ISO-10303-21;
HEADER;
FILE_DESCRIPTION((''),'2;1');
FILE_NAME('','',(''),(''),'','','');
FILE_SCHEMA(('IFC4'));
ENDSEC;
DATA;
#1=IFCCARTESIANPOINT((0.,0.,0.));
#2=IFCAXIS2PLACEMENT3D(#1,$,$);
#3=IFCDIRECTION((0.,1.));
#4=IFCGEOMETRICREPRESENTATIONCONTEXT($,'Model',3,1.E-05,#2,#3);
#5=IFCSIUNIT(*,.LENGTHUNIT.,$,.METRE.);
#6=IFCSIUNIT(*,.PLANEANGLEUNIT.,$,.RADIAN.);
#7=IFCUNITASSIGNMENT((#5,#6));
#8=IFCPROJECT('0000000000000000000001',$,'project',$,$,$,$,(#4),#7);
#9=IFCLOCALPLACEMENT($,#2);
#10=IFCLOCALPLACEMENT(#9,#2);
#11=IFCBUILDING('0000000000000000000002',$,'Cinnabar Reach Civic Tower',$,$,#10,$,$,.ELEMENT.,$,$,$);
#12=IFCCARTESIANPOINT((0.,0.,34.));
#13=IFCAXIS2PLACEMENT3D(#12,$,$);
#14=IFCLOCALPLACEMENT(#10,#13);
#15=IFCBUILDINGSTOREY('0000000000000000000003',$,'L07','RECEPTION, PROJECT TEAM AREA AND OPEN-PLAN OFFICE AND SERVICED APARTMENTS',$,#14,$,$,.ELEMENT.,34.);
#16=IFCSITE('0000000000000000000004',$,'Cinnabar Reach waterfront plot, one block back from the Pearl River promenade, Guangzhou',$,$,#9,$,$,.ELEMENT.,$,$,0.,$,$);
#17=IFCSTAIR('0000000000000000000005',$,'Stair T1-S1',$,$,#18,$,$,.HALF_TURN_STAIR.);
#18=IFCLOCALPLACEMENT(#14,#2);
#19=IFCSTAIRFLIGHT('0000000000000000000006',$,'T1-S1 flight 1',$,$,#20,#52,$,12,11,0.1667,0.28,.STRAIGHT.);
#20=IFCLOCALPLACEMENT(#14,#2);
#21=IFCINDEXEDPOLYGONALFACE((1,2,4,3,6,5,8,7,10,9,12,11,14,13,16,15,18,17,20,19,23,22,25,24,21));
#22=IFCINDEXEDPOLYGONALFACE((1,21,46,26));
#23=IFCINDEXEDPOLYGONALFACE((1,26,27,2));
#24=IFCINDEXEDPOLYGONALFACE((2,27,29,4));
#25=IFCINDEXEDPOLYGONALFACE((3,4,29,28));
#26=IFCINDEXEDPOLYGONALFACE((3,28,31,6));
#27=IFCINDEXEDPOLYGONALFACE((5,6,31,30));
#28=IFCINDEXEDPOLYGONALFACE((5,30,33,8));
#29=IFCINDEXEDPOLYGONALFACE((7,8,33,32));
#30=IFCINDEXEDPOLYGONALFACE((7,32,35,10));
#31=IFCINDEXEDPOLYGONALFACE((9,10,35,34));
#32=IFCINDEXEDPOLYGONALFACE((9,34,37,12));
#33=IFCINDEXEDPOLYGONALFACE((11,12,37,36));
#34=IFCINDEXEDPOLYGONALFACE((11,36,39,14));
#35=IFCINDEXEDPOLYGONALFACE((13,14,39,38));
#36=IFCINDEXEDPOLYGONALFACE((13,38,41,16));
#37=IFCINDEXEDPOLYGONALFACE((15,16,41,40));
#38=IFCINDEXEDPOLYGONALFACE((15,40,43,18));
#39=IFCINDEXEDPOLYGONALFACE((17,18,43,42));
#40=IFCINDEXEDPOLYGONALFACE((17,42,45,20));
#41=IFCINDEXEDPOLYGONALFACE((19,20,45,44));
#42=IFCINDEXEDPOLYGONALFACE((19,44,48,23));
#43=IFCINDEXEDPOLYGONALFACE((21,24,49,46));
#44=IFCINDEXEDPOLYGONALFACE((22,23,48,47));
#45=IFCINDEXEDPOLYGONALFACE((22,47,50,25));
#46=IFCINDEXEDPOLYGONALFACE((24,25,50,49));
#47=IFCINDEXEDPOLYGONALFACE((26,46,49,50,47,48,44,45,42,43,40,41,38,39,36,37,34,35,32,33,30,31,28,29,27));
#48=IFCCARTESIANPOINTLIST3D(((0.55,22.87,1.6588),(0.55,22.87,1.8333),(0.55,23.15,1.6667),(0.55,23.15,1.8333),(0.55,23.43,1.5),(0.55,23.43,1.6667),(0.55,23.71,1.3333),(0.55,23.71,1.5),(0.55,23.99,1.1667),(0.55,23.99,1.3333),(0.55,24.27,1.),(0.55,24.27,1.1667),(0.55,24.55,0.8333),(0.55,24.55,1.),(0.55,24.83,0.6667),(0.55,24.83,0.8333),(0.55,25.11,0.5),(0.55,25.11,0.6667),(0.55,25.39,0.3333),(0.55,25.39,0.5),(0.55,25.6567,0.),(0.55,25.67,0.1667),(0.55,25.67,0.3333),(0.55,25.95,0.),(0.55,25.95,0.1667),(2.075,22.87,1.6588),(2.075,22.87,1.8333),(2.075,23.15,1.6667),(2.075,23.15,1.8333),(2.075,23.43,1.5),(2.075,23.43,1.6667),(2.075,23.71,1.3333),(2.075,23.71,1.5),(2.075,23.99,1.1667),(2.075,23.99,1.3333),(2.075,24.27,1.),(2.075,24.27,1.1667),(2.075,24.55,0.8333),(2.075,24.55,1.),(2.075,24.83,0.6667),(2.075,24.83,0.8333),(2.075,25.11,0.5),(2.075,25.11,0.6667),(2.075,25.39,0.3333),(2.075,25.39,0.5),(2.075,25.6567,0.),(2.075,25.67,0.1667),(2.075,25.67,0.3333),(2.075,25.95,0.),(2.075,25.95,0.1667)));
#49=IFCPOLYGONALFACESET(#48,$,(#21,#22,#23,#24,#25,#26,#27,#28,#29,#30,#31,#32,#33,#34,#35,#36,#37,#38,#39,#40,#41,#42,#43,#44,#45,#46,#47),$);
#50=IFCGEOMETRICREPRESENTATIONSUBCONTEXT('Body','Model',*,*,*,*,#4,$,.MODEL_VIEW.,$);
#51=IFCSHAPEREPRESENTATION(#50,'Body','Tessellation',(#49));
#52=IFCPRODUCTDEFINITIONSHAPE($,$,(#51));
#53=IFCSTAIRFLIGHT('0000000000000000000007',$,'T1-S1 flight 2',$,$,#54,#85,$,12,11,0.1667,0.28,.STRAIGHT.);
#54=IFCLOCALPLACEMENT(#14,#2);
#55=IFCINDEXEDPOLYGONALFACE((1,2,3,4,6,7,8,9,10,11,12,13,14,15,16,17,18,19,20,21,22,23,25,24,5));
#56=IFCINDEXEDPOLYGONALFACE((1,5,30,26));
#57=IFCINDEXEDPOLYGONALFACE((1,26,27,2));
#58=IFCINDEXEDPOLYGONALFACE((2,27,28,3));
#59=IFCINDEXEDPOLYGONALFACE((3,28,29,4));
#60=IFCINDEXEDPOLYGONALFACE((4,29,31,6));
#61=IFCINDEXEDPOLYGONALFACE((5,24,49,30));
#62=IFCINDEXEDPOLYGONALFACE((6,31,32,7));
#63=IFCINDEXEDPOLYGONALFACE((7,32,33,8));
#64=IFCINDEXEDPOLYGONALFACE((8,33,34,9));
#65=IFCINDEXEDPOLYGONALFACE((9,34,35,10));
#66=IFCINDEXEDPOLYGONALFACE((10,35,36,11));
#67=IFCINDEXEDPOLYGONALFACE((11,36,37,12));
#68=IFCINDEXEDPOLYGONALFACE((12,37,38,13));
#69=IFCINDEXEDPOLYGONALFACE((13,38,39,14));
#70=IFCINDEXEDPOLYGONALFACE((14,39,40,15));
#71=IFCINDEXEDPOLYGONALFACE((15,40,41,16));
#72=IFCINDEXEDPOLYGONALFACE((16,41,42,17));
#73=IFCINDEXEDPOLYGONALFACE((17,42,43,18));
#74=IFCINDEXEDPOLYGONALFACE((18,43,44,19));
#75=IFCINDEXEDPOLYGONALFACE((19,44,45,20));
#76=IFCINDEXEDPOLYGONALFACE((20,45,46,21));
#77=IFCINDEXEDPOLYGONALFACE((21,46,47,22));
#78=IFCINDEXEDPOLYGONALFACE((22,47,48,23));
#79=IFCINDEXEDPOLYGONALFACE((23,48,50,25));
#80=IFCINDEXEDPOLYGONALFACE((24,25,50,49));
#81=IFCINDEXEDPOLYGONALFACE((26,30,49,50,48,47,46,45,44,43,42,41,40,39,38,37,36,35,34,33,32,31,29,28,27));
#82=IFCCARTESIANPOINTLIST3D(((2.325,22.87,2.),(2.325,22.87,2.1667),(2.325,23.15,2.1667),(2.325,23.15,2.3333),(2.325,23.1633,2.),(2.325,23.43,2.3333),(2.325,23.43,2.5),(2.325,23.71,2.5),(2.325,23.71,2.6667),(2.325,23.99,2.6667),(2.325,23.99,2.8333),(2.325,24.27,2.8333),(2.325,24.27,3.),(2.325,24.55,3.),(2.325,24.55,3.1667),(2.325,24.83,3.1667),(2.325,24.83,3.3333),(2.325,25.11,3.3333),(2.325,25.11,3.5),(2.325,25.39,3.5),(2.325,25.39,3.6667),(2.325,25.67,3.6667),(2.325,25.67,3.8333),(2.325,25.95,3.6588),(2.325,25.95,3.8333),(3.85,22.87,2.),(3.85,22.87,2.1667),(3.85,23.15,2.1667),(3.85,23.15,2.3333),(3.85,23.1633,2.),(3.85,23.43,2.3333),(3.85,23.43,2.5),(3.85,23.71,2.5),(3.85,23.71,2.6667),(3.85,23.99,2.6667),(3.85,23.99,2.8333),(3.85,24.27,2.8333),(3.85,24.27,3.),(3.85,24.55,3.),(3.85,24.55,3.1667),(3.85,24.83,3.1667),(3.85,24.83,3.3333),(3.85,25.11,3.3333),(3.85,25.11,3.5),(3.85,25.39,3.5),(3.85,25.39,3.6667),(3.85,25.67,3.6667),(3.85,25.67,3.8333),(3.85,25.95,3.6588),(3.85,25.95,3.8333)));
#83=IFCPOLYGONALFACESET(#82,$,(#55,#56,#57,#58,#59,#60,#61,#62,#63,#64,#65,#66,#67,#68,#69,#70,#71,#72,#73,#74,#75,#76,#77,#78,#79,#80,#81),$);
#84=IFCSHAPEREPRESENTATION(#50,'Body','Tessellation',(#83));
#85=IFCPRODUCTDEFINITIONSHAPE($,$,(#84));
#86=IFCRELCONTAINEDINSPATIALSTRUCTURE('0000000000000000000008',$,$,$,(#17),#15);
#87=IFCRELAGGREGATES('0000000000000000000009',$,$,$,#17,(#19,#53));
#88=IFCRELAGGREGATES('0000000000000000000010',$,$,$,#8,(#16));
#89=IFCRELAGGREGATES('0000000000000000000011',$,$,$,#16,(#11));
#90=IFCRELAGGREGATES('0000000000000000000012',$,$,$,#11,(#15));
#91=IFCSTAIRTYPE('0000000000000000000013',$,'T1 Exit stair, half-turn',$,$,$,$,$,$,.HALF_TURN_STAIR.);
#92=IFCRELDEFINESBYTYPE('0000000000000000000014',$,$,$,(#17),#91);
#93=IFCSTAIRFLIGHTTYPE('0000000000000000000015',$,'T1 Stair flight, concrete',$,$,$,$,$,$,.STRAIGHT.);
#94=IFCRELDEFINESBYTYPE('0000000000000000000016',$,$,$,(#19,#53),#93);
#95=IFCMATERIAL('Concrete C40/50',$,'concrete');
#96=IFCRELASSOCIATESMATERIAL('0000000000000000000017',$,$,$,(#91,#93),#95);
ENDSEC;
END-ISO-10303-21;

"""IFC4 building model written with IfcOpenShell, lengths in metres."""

from ifc_helpers import new_model, si_unit, direction, frame, origin, place, context, subcontext, project, spatial, polyline, outline, extrude, material, type_object, element, aggregate, save


model = new_model("IFC4")

# Units and contexts
model_context = context("Model", 3, precision=1e-05, world=origin(), true_north=direction((0.0, 1.0)))
body_context = subcontext(model_context, "Body", "Model", "MODEL_VIEW")
ifc_project = project(units=[si_unit("LENGTHUNIT", "METRE"), si_unit("PLANEANGLEUNIT", "RADIAN")], contexts=[model_context])

# Site, building, storey
site_placement = place(None, origin())
site = spatial("IfcSite", under=ifc_project, at=site_placement, Name="Cinnabar Reach waterfront plot, one block back from the Pearl River promenade, Guangzhou", CompositionType="ELEMENT", RefElevation=0.0)
building_placement = place(site_placement, origin())
building = spatial("IfcBuilding", under=site, at=building_placement, Name="Cinnabar Reach Civic Tower", CompositionType="ELEMENT")
storey_placement = place(building_placement, frame((0.0, 0.0, 34.0)))
storey = spatial("IfcBuildingStorey", under=building, at=storey_placement, Name="L07", Description="RECEPTION, PROJECT TEAM AREA AND OPEN-PLAN OFFICE AND SERVICED APARTMENTS", CompositionType="ELEMENT", Elevation=34.0)

# Stair, stair flights
ifc_material_1 = material(Name="Concrete C40/50", Category="concrete")
stair_type = type_object("IfcStairType", Name="T1 Exit stair, half-turn", PredefinedType="HALF_TURN_STAIR", material=ifc_material_1)
stair_placement = place(storey_placement, origin())
stair = element("IfcStair", 1, at=stair_placement, inside=storey, type_object=stair_type, Name="Stair T1-S1", PredefinedType="HALF_TURN_STAIR")
stair_flight_type = type_object("IfcStairFlightType", Name="T1 Stair flight, concrete", PredefinedType="STRAIGHT", material=ifc_material_1)
stair_flight_1_placement = place(storey_placement, frame((1.3125, 25.95, 0.0), z_axis=(0.0, 0.0, 1.0), x_axis=(0.0, -1.0, 0.0)))
stair_flight_1 = element("IfcStairFlight", 2, at=stair_flight_1_placement, type_object=stair_flight_type, Name="T1-S1 flight 1", NumberOfRisers=12, NumberOfTreads=11, PredefinedType="STRAIGHT", RiserHeight=0.1667, TreadLength=0.28, context=body_context, shape_type="SweptSolid", body=[
    extrude(outline(polyline([(0.0, 0.0), (0.0, 0.1667), (0.28, 0.1667), (0.28, 0.3333), (0.56, 0.3333), (0.56, 0.5), (0.84, 0.5), (0.84, 0.6667), (1.12, 0.6667), (1.12, 0.8333), (1.4, 0.8333), (1.4, 1.0), (1.68, 1.0), (1.68, 1.1667), (1.96, 1.1667), (1.96, 1.3333), (2.24, 1.3333), (2.24, 1.5), (2.52, 1.5), (2.52, 1.6667), (2.8, 1.6667), (2.8, 1.8333), (3.08, 1.8333), (3.08, 2.0), (3.08, 1.6588), (0.2933, 0.0), (0.0, 0.0)])), frame((0.0, 0.7625, 0.0), z_axis=(0.0, -1.0, 0.0), x_axis=(1.0, 0.0, 0.0)), (0.0, 0.0, 1.0), 1.525),
])
stair_flight_2_placement = place(storey_placement, frame((3.0875, 22.87, 2.0), z_axis=(0.0, 0.0, 1.0), x_axis=(0.0, 1.0, 0.0)))
stair_flight_2 = element("IfcStairFlight", 3, at=stair_flight_2_placement, type_object=stair_flight_type, Name="T1-S1 flight 2", NumberOfRisers=12, NumberOfTreads=11, PredefinedType="STRAIGHT", RiserHeight=0.1667, TreadLength=0.28, context=body_context, shape_type="SweptSolid", body=[
    extrude(outline(polyline([(0.0, 0.0), (0.0, 0.1667), (0.28, 0.1667), (0.28, 0.3333), (0.56, 0.3333), (0.56, 0.5), (0.84, 0.5), (0.84, 0.6667), (1.12, 0.6667), (1.12, 0.8333), (1.4, 0.8333), (1.4, 1.0), (1.68, 1.0), (1.68, 1.1667), (1.96, 1.1667), (1.96, 1.3333), (2.24, 1.3333), (2.24, 1.5), (2.52, 1.5), (2.52, 1.6667), (2.8, 1.6667), (2.8, 1.8333), (3.08, 1.8333), (3.08, 2.0), (3.08, 1.6588), (0.2933, 0.0), (0.0, 0.0)])), frame((0.0, 0.7625, 0.0), z_axis=(0.0, -1.0, 0.0), x_axis=(1.0, 0.0, 0.0)), (0.0, 0.0, 1.0), 1.525),
])
aggregate(stair, [stair_flight_1, stair_flight_2])

save(model, "model.ifc")
